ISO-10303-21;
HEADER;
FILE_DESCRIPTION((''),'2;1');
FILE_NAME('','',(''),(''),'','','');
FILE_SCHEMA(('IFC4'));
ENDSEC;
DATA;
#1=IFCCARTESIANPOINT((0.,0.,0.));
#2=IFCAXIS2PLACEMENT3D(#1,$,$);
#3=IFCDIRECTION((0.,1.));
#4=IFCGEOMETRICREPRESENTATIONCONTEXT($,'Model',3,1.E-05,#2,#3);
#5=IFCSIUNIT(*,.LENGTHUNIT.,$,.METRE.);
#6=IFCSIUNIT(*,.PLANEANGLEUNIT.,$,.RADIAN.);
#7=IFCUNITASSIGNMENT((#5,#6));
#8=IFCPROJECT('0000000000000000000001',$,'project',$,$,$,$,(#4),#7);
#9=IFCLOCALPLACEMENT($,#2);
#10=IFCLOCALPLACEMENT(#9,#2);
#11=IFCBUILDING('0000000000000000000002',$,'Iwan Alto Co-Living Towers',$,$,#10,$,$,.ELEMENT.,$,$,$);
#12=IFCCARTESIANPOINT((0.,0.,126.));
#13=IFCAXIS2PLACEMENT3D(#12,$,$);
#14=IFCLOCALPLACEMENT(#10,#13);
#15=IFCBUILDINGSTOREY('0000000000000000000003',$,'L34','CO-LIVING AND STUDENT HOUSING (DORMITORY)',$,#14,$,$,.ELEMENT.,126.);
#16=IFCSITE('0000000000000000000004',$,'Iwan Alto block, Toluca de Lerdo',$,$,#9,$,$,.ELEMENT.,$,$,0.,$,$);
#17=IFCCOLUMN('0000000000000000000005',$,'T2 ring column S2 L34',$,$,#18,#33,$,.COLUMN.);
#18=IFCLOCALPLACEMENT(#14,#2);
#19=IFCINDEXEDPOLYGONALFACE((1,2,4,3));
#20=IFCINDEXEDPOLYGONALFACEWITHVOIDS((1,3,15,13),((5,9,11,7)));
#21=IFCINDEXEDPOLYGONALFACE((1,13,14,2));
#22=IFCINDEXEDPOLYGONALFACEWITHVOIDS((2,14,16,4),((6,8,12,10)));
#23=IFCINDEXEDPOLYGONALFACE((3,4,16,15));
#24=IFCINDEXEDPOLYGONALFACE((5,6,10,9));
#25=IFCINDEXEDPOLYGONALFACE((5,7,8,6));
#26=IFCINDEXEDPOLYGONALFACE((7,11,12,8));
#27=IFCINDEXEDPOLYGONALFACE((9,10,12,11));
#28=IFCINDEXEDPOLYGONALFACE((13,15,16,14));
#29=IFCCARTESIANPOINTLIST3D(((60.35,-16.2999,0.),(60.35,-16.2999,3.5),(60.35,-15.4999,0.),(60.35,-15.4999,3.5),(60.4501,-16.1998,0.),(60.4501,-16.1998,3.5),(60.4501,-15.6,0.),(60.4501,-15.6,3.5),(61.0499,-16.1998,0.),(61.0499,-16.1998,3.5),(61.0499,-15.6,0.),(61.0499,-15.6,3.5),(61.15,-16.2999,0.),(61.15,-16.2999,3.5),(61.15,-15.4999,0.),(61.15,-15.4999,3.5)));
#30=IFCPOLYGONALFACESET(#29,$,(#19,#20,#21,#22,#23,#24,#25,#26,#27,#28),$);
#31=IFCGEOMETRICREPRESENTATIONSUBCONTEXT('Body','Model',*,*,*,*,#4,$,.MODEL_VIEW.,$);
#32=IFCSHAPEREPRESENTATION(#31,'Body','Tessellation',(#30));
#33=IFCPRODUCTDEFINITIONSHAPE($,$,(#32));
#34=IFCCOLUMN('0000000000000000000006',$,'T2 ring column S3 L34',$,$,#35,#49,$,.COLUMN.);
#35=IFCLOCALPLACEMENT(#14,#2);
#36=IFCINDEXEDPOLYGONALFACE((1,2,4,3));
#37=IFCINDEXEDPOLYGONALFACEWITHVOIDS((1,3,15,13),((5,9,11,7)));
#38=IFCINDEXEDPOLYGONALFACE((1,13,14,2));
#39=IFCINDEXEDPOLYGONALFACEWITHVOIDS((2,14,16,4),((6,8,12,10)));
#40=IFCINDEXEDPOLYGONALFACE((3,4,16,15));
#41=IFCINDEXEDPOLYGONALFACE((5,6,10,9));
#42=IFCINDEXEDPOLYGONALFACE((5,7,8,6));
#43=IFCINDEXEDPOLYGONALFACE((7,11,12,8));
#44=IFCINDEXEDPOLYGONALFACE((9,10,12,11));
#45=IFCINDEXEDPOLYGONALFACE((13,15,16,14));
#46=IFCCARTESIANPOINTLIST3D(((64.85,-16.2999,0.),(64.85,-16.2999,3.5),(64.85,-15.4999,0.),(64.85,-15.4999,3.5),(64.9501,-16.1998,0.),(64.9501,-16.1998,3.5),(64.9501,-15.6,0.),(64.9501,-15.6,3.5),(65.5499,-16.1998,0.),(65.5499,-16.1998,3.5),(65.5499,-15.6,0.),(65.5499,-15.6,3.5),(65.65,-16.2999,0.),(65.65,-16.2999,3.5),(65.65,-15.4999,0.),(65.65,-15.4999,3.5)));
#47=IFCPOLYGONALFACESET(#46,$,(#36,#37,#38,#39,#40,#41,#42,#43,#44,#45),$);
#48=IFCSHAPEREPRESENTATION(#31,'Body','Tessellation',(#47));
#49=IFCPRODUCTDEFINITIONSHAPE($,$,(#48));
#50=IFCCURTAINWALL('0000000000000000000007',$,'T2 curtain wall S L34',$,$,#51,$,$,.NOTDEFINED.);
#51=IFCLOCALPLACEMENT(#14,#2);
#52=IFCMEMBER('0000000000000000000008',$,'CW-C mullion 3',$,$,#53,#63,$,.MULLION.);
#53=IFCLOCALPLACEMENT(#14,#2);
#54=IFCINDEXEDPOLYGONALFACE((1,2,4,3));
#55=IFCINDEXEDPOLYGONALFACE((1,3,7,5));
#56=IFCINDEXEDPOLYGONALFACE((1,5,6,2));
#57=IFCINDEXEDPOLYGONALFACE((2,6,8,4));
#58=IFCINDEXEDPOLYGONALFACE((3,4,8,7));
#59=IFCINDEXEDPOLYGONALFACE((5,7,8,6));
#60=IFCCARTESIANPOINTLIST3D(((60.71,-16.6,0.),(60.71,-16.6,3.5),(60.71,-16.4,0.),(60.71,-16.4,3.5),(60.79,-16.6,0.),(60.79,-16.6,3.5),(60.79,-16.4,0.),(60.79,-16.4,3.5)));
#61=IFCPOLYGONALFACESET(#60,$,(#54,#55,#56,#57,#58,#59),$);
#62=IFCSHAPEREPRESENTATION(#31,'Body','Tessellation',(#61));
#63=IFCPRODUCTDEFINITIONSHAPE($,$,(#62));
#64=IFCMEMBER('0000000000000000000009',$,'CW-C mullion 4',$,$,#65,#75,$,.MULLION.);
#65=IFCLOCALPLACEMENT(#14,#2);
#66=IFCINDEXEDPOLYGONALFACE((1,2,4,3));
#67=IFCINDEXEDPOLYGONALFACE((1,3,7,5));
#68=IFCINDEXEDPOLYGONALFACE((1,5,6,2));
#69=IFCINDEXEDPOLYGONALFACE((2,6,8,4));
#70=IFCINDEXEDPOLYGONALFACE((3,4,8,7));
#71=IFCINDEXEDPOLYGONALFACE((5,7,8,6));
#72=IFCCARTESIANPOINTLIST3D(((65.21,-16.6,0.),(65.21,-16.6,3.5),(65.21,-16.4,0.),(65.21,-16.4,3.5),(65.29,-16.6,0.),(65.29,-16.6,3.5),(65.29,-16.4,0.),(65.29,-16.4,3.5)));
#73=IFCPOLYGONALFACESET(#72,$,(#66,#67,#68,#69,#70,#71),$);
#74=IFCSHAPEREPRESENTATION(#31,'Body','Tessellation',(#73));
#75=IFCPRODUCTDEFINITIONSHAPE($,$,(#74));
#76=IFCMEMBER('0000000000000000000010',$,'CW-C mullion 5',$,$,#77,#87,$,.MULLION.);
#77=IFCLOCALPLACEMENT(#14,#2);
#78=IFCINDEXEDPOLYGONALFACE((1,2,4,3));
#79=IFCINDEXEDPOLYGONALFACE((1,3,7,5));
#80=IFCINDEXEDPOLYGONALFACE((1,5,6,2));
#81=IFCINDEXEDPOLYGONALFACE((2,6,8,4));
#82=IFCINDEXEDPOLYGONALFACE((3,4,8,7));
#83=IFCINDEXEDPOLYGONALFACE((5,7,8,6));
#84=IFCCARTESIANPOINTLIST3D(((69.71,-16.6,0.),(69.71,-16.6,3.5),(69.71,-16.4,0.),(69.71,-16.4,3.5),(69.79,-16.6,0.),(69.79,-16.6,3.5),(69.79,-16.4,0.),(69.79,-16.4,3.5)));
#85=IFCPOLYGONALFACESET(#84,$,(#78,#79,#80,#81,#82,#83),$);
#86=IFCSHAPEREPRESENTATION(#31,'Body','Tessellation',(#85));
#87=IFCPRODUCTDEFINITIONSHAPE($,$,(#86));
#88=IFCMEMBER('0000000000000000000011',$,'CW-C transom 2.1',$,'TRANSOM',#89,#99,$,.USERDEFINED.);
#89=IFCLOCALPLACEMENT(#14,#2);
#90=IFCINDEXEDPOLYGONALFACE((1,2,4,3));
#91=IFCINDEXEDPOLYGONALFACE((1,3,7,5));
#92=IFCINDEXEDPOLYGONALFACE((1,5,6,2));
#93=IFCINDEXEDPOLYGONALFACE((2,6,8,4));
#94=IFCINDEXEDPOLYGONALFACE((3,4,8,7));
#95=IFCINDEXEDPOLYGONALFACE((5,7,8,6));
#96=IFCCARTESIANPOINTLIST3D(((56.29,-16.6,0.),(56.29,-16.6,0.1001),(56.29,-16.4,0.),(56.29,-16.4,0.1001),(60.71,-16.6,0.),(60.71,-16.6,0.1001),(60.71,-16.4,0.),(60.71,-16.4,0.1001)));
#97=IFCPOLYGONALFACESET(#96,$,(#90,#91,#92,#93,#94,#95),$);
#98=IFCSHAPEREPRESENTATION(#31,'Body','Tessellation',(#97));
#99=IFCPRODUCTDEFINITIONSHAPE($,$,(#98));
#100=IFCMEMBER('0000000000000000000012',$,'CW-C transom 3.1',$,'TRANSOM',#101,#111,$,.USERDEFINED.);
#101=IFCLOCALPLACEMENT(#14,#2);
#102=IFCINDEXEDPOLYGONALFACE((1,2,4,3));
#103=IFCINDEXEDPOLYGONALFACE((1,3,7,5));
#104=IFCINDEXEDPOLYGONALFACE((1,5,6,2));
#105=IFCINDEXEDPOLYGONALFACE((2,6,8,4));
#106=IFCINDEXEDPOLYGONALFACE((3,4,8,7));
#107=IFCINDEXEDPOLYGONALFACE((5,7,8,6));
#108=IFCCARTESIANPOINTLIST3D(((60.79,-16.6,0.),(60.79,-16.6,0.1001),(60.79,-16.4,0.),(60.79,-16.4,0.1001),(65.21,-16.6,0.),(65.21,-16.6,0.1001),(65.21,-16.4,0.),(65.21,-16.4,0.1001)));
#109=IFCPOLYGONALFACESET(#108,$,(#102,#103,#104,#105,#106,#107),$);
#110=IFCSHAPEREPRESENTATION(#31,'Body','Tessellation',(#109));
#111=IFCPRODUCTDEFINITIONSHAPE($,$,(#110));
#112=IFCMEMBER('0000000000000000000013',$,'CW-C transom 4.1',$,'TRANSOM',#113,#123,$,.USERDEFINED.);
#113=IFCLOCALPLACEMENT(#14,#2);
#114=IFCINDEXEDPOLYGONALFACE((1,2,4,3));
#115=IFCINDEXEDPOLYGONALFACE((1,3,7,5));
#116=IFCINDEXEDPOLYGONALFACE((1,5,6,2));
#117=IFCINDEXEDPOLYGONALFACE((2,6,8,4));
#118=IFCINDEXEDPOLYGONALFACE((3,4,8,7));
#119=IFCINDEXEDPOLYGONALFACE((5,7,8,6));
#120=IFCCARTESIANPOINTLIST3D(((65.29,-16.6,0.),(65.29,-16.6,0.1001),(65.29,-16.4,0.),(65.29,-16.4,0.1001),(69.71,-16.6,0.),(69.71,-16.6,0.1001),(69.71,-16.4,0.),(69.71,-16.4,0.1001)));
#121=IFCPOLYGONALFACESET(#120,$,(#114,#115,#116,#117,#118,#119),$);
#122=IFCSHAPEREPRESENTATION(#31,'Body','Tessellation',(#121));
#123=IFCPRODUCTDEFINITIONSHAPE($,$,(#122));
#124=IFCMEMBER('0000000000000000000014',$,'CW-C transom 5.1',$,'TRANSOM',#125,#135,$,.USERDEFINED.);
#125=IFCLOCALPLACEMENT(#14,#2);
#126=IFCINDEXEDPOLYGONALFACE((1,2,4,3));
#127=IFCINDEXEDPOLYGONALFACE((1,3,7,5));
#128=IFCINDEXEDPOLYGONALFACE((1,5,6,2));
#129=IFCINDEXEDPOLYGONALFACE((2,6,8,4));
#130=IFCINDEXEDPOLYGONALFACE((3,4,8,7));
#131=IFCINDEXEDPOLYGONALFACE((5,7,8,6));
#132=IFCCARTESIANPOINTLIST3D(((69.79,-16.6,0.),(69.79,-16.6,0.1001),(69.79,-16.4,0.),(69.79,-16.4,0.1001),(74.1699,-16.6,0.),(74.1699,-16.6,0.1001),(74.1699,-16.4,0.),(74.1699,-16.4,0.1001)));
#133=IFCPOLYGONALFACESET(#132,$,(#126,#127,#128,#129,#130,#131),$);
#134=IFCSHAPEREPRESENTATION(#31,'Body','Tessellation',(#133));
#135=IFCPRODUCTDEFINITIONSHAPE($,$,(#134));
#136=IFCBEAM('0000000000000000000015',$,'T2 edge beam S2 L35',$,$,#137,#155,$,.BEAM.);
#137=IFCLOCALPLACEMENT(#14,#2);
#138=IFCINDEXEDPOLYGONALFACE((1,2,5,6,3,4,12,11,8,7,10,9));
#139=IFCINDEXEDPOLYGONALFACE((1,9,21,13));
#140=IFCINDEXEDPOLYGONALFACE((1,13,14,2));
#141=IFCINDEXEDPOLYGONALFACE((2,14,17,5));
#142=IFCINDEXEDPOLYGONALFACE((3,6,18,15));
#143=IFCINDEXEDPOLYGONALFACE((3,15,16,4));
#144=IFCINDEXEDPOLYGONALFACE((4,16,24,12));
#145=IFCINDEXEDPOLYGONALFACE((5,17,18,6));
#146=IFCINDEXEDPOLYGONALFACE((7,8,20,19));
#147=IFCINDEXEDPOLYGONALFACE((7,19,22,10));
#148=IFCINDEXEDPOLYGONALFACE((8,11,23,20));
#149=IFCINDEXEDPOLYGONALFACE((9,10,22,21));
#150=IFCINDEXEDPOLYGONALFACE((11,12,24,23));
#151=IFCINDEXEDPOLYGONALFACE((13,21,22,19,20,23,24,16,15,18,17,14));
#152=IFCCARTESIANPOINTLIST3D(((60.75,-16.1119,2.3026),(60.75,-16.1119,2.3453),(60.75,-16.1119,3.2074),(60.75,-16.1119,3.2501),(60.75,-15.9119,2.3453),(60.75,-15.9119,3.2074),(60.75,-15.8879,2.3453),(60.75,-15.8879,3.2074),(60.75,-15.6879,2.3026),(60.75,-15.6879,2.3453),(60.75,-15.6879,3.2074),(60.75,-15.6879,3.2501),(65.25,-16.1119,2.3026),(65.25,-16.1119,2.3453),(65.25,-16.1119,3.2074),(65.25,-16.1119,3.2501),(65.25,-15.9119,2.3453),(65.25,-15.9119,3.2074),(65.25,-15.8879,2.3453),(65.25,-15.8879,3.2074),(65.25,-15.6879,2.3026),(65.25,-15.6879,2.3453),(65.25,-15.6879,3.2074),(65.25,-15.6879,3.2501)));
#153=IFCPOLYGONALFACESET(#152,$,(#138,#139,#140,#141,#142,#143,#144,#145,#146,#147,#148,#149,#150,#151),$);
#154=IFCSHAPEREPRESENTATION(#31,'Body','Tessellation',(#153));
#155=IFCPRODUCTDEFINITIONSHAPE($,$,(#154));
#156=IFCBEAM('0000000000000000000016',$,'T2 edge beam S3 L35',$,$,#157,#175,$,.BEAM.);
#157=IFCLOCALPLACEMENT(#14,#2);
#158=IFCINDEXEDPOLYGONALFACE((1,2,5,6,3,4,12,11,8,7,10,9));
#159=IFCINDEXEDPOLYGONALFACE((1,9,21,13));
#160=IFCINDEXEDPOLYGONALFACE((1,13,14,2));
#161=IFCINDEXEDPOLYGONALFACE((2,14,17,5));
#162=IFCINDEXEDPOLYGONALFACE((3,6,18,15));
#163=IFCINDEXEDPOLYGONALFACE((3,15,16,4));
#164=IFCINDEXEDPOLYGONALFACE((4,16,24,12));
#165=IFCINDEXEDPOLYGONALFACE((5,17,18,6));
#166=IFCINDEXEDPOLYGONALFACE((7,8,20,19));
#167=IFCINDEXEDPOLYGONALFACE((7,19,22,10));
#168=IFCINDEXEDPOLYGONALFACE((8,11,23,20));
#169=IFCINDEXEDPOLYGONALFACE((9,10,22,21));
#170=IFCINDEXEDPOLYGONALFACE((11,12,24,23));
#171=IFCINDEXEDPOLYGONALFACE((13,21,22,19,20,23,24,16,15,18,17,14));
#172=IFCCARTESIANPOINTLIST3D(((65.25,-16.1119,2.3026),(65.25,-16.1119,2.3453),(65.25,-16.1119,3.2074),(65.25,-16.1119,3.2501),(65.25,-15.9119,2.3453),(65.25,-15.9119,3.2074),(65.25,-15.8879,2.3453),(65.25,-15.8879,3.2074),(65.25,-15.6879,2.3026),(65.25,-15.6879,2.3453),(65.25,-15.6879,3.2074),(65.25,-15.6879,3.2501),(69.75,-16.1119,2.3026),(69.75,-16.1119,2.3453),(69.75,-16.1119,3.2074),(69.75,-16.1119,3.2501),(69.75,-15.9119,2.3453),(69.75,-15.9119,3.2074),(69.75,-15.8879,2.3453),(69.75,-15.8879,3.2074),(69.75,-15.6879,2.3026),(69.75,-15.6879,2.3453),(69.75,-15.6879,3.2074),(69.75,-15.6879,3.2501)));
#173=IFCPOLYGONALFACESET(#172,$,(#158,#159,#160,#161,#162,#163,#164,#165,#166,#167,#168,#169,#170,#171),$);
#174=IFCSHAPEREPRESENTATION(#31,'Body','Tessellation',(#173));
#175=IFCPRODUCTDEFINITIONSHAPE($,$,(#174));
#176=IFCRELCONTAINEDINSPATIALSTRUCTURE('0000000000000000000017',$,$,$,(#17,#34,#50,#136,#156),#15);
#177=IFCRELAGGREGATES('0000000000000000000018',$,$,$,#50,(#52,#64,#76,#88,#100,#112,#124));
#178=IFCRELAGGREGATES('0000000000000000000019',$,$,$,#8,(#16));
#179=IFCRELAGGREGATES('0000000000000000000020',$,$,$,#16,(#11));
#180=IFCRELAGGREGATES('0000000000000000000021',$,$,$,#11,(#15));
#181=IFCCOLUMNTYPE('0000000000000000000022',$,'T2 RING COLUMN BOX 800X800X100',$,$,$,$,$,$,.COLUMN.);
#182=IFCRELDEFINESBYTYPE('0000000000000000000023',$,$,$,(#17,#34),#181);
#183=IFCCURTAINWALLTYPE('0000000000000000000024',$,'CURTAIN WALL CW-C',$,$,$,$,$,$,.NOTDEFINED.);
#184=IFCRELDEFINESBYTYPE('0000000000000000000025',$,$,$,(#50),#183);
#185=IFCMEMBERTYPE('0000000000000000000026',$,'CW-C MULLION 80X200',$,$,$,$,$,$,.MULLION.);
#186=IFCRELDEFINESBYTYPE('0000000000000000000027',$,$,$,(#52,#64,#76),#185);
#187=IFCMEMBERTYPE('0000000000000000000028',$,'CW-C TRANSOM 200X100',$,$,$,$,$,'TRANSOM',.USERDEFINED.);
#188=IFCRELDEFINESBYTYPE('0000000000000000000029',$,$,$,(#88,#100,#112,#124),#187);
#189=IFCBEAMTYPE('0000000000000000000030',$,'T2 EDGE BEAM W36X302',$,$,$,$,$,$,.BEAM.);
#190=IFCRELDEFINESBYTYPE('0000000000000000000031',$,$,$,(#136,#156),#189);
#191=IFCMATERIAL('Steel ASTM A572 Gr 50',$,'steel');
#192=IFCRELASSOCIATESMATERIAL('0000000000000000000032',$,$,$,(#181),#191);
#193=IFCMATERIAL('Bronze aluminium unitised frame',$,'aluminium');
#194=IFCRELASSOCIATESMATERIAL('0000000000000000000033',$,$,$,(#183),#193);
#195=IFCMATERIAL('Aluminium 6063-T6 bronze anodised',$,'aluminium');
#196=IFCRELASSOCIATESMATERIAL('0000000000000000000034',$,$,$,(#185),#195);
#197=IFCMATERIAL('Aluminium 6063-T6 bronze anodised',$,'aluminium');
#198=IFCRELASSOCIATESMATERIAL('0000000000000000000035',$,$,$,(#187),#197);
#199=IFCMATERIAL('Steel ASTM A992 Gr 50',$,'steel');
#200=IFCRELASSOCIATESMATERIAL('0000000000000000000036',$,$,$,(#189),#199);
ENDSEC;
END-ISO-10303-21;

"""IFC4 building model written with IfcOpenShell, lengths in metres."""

from ifc_helpers import new_model, si_unit, direction, frame, origin, origin_2d, place, context, subcontext, project, spatial, rectangle, hollow_rectangle, i_section, extrude, material, material_profile, profile_set, type_object, element, aggregate, save


model = new_model("IFC4")

# Units and contexts
model_context = context("Model", 3, precision=1e-05, world=origin(), true_north=direction((0.0, 1.0)))
body_context = subcontext(model_context, "Body", "Model", "MODEL_VIEW")
ifc_project = project(units=[si_unit("LENGTHUNIT", "METRE"), si_unit("PLANEANGLEUNIT", "RADIAN")], contexts=[model_context])

# Site, building, storey
site_placement = place(None, origin())
site = spatial("IfcSite", under=ifc_project, at=site_placement, Name="Iwan Alto block, Toluca de Lerdo", CompositionType="ELEMENT", RefElevation=0.0)
building_placement = place(site_placement, origin())
building = spatial("IfcBuilding", under=site, at=building_placement, Name="Iwan Alto Co-Living Towers", CompositionType="ELEMENT")
storey_placement = place(building_placement, frame((0.0, 0.0, 126.0)))
storey = spatial("IfcBuildingStorey", under=building, at=storey_placement, Name="L34", Description="CO-LIVING AND STUDENT HOUSING (DORMITORY)", CompositionType="ELEMENT", Elevation=126.0)

# Columns
ifc_material_1 = material(Name="Steel ASTM A572 Gr 50", Category="steel")
ifc_material_profile_1 = material_profile(ifc_material_1, hollow_rectangle(XDim=0.8, YDim=0.8, WallThickness=0.1001, at=origin_2d()), Name="BOX 800X800X100")
ifc_profile_set_1 = profile_set([ifc_material_profile_1], Name="Steel ASTM A572 Gr 50")
column_type = type_object("IfcColumnType", Name="T2 RING COLUMN BOX 800X800X100", PredefinedType="COLUMN", material=ifc_profile_set_1)
for number, where, z_axis, x_axis, name in (
    (1, (60.75, -15.8999, 0.0), (0.0, 0.0, 1.0), (1.0, 0.0, 0.0), "T2 ring column S2 L34"),
    (2, (65.25, -15.8999, 0.0), (0.0, 0.0, 1.0), (1.0, 0.0, 0.0), "T2 ring column S3 L34"),
):
    element("IfcColumn", number, at=place(storey_placement, frame(where, z_axis=z_axis, x_axis=x_axis)), inside=storey, type_object=column_type, Name=name, PredefinedType="COLUMN", context=body_context, shape_type="SweptSolid", body=[
        extrude(hollow_rectangle(XDim=0.8, YDim=0.8, WallThickness=0.1001, at=origin_2d()), origin(), (0.0, 0.0, 1.0), 3.5),
    ])

# Curtain wall, members
ifc_material_2 = material(Name="Bronze aluminium unitised frame", Category="aluminium")
curtain_wall_type = type_object("IfcCurtainWallType", Name="CURTAIN WALL CW-C", PredefinedType="NOTDEFINED", material=ifc_material_2)
curtain_wall_placement = place(storey_placement, origin())
curtain_wall = element("IfcCurtainWall", 3, at=curtain_wall_placement, inside=storey, type_object=curtain_wall_type, Name="T2 curtain wall S L34", PredefinedType="NOTDEFINED")
ifc_material_3 = material(Name="Aluminium 6063-T6 bronze anodised", Category="aluminium")
ifc_material_profile_2 = material_profile(ifc_material_3, rectangle(XDim=0.2, YDim=0.0801, at=origin_2d()), Name="AL 80X200")
ifc_profile_set_2 = profile_set([ifc_material_profile_2], Name="Aluminium 6063-T6 bronze anodised")
member_type_1 = type_object("IfcMemberType", Name="CW-C MULLION 80X200", PredefinedType="MULLION", material=ifc_profile_set_2)
member_1_placement = place(storey_placement, frame((60.75, -16.5, 0.0), z_axis=(0.0, 0.0, 1.0), x_axis=(0.0, 1.0, 0.0)))
member_1 = element("IfcMember", 4, at=member_1_placement, type_object=member_type_1, Name="CW-C mullion 3", PredefinedType="MULLION", context=body_context, shape_type="SweptSolid", body=[
    extrude(rectangle(XDim=0.2, YDim=0.0801, at=origin_2d()), origin(), (0.0, 0.0, 1.0), 3.5),
])
member_2_placement = place(storey_placement, frame((65.25, -16.5, 0.0), z_axis=(0.0, 0.0, 1.0), x_axis=(0.0, 1.0, 0.0)))
member_2 = element("IfcMember", 5, at=member_2_placement, type_object=member_type_1, Name="CW-C mullion 4", PredefinedType="MULLION", context=body_context, shape_type="SweptSolid", body=[
    extrude(rectangle(XDim=0.2, YDim=0.0801, at=origin_2d()), origin(), (0.0, 0.0, 1.0), 3.5),
])
member_3_placement = place(storey_placement, frame((69.75, -16.5, 0.0), z_axis=(0.0, 0.0, 1.0), x_axis=(0.0, 1.0, 0.0)))
member_3 = element("IfcMember", 6, at=member_3_placement, type_object=member_type_1, Name="CW-C mullion 5", PredefinedType="MULLION", context=body_context, shape_type="SweptSolid", body=[
    extrude(rectangle(XDim=0.2, YDim=0.0801, at=origin_2d()), origin(), (0.0, 0.0, 1.0), 3.5),
])
ifc_material_4 = material(Name="Aluminium 6063-T6 bronze anodised", Category="aluminium")
ifc_material_profile_3 = material_profile(ifc_material_4, rectangle(XDim=0.2, YDim=0.1001, at=origin_2d()), Name="AL 200X100")
ifc_profile_set_3 = profile_set([ifc_material_profile_3], Name="Aluminium 6063-T6 bronze anodised")
member_type_2 = type_object("IfcMemberType", Name="CW-C TRANSOM 200X100", ElementType="TRANSOM", PredefinedType="USERDEFINED", material=ifc_profile_set_3)
member_4_placement = place(storey_placement, frame((56.29, -16.5, 0.05), z_axis=(1.0, 0.0, 0.0), x_axis=(0.0, 1.0, 0.0)))
member_4 = element("IfcMember", 7, at=member_4_placement, type_object=member_type_2, Name="CW-C transom 2.1", ObjectType="TRANSOM", PredefinedType="USERDEFINED", context=body_context, shape_type="SweptSolid", body=[
    extrude(rectangle(XDim=0.2, YDim=0.1001, at=origin_2d()), origin(), (0.0, 0.0, 1.0), 4.4199),
])
member_5_placement = place(storey_placement, frame((60.79, -16.5, 0.05), z_axis=(1.0, 0.0, 0.0), x_axis=(0.0, 1.0, 0.0)))
member_5 = element("IfcMember", 8, at=member_5_placement, type_object=member_type_2, Name="CW-C transom 3.1", ObjectType="TRANSOM", PredefinedType="USERDEFINED", context=body_context, shape_type="SweptSolid", body=[
    extrude(rectangle(XDim=0.2, YDim=0.1001, at=origin_2d()), origin(), (0.0, 0.0, 1.0), 4.4199),
])
member_6_placement = place(storey_placement, frame((65.29, -16.5, 0.05), z_axis=(1.0, 0.0, 0.0), x_axis=(0.0, 1.0, 0.0)))
member_6 = element("IfcMember", 9, at=member_6_placement, type_object=member_type_2, Name="CW-C transom 4.1", ObjectType="TRANSOM", PredefinedType="USERDEFINED", context=body_context, shape_type="SweptSolid", body=[
    extrude(rectangle(XDim=0.2, YDim=0.1001, at=origin_2d()), origin(), (0.0, 0.0, 1.0), 4.4199),
])
member_7_placement = place(storey_placement, frame((69.79, -16.5, 0.05), z_axis=(1.0, 0.0, 0.0), x_axis=(0.0, 1.0, 0.0)))
member_7 = element("IfcMember", 10, at=member_7_placement, type_object=member_type_2, Name="CW-C transom 5.1", ObjectType="TRANSOM", PredefinedType="USERDEFINED", context=body_context, shape_type="SweptSolid", body=[
    extrude(rectangle(XDim=0.2, YDim=0.1001, at=origin_2d()), origin(), (0.0, 0.0, 1.0), 4.3799),
])

# Beams
ifc_material_5 = material(Name="Steel ASTM A992 Gr 50", Category="steel")
ifc_material_profile_4 = material_profile(ifc_material_5, i_section(OverallWidth=0.4241, OverallDepth=0.9475, WebThickness=0.0239, FlangeThickness=0.0427, at=origin_2d()), Name="W36X302")
ifc_profile_set_4 = profile_set([ifc_material_profile_4], Name="Steel ASTM A992 Gr 50")
beam_type_1 = type_object("IfcBeamType", Name="T2 EDGE BEAM W36X302", PredefinedType="BEAM", material=ifc_profile_set_4)
for number, where, z_axis, x_axis, name in (
    (11, (60.75, -15.8999, 2.7764), (1.0, 0.0, 0.0), (0.0, 1.0, 0.0), "T2 edge beam S2 L35"),
    (12, (65.25, -15.8999, 2.7764), (1.0, 0.0, 0.0), (0.0, 1.0, 0.0), "T2 edge beam S3 L35"),
):
    element("IfcBeam", number, at=place(storey_placement, frame(where, z_axis=z_axis, x_axis=x_axis)), inside=storey, type_object=beam_type_1, Name=name, PredefinedType="BEAM", context=body_context, shape_type="SweptSolid", body=[
        extrude(i_section(OverallWidth=0.4241, OverallDepth=0.9475, WebThickness=0.0239, FlangeThickness=0.0427, at=origin_2d()), origin(), (0.0, 0.0, 1.0), 4.5),
    ])

aggregate(curtain_wall, [member_1, member_2, member_3, member_4, member_5, member_6, member_7])

save(model, "model.ifc")
